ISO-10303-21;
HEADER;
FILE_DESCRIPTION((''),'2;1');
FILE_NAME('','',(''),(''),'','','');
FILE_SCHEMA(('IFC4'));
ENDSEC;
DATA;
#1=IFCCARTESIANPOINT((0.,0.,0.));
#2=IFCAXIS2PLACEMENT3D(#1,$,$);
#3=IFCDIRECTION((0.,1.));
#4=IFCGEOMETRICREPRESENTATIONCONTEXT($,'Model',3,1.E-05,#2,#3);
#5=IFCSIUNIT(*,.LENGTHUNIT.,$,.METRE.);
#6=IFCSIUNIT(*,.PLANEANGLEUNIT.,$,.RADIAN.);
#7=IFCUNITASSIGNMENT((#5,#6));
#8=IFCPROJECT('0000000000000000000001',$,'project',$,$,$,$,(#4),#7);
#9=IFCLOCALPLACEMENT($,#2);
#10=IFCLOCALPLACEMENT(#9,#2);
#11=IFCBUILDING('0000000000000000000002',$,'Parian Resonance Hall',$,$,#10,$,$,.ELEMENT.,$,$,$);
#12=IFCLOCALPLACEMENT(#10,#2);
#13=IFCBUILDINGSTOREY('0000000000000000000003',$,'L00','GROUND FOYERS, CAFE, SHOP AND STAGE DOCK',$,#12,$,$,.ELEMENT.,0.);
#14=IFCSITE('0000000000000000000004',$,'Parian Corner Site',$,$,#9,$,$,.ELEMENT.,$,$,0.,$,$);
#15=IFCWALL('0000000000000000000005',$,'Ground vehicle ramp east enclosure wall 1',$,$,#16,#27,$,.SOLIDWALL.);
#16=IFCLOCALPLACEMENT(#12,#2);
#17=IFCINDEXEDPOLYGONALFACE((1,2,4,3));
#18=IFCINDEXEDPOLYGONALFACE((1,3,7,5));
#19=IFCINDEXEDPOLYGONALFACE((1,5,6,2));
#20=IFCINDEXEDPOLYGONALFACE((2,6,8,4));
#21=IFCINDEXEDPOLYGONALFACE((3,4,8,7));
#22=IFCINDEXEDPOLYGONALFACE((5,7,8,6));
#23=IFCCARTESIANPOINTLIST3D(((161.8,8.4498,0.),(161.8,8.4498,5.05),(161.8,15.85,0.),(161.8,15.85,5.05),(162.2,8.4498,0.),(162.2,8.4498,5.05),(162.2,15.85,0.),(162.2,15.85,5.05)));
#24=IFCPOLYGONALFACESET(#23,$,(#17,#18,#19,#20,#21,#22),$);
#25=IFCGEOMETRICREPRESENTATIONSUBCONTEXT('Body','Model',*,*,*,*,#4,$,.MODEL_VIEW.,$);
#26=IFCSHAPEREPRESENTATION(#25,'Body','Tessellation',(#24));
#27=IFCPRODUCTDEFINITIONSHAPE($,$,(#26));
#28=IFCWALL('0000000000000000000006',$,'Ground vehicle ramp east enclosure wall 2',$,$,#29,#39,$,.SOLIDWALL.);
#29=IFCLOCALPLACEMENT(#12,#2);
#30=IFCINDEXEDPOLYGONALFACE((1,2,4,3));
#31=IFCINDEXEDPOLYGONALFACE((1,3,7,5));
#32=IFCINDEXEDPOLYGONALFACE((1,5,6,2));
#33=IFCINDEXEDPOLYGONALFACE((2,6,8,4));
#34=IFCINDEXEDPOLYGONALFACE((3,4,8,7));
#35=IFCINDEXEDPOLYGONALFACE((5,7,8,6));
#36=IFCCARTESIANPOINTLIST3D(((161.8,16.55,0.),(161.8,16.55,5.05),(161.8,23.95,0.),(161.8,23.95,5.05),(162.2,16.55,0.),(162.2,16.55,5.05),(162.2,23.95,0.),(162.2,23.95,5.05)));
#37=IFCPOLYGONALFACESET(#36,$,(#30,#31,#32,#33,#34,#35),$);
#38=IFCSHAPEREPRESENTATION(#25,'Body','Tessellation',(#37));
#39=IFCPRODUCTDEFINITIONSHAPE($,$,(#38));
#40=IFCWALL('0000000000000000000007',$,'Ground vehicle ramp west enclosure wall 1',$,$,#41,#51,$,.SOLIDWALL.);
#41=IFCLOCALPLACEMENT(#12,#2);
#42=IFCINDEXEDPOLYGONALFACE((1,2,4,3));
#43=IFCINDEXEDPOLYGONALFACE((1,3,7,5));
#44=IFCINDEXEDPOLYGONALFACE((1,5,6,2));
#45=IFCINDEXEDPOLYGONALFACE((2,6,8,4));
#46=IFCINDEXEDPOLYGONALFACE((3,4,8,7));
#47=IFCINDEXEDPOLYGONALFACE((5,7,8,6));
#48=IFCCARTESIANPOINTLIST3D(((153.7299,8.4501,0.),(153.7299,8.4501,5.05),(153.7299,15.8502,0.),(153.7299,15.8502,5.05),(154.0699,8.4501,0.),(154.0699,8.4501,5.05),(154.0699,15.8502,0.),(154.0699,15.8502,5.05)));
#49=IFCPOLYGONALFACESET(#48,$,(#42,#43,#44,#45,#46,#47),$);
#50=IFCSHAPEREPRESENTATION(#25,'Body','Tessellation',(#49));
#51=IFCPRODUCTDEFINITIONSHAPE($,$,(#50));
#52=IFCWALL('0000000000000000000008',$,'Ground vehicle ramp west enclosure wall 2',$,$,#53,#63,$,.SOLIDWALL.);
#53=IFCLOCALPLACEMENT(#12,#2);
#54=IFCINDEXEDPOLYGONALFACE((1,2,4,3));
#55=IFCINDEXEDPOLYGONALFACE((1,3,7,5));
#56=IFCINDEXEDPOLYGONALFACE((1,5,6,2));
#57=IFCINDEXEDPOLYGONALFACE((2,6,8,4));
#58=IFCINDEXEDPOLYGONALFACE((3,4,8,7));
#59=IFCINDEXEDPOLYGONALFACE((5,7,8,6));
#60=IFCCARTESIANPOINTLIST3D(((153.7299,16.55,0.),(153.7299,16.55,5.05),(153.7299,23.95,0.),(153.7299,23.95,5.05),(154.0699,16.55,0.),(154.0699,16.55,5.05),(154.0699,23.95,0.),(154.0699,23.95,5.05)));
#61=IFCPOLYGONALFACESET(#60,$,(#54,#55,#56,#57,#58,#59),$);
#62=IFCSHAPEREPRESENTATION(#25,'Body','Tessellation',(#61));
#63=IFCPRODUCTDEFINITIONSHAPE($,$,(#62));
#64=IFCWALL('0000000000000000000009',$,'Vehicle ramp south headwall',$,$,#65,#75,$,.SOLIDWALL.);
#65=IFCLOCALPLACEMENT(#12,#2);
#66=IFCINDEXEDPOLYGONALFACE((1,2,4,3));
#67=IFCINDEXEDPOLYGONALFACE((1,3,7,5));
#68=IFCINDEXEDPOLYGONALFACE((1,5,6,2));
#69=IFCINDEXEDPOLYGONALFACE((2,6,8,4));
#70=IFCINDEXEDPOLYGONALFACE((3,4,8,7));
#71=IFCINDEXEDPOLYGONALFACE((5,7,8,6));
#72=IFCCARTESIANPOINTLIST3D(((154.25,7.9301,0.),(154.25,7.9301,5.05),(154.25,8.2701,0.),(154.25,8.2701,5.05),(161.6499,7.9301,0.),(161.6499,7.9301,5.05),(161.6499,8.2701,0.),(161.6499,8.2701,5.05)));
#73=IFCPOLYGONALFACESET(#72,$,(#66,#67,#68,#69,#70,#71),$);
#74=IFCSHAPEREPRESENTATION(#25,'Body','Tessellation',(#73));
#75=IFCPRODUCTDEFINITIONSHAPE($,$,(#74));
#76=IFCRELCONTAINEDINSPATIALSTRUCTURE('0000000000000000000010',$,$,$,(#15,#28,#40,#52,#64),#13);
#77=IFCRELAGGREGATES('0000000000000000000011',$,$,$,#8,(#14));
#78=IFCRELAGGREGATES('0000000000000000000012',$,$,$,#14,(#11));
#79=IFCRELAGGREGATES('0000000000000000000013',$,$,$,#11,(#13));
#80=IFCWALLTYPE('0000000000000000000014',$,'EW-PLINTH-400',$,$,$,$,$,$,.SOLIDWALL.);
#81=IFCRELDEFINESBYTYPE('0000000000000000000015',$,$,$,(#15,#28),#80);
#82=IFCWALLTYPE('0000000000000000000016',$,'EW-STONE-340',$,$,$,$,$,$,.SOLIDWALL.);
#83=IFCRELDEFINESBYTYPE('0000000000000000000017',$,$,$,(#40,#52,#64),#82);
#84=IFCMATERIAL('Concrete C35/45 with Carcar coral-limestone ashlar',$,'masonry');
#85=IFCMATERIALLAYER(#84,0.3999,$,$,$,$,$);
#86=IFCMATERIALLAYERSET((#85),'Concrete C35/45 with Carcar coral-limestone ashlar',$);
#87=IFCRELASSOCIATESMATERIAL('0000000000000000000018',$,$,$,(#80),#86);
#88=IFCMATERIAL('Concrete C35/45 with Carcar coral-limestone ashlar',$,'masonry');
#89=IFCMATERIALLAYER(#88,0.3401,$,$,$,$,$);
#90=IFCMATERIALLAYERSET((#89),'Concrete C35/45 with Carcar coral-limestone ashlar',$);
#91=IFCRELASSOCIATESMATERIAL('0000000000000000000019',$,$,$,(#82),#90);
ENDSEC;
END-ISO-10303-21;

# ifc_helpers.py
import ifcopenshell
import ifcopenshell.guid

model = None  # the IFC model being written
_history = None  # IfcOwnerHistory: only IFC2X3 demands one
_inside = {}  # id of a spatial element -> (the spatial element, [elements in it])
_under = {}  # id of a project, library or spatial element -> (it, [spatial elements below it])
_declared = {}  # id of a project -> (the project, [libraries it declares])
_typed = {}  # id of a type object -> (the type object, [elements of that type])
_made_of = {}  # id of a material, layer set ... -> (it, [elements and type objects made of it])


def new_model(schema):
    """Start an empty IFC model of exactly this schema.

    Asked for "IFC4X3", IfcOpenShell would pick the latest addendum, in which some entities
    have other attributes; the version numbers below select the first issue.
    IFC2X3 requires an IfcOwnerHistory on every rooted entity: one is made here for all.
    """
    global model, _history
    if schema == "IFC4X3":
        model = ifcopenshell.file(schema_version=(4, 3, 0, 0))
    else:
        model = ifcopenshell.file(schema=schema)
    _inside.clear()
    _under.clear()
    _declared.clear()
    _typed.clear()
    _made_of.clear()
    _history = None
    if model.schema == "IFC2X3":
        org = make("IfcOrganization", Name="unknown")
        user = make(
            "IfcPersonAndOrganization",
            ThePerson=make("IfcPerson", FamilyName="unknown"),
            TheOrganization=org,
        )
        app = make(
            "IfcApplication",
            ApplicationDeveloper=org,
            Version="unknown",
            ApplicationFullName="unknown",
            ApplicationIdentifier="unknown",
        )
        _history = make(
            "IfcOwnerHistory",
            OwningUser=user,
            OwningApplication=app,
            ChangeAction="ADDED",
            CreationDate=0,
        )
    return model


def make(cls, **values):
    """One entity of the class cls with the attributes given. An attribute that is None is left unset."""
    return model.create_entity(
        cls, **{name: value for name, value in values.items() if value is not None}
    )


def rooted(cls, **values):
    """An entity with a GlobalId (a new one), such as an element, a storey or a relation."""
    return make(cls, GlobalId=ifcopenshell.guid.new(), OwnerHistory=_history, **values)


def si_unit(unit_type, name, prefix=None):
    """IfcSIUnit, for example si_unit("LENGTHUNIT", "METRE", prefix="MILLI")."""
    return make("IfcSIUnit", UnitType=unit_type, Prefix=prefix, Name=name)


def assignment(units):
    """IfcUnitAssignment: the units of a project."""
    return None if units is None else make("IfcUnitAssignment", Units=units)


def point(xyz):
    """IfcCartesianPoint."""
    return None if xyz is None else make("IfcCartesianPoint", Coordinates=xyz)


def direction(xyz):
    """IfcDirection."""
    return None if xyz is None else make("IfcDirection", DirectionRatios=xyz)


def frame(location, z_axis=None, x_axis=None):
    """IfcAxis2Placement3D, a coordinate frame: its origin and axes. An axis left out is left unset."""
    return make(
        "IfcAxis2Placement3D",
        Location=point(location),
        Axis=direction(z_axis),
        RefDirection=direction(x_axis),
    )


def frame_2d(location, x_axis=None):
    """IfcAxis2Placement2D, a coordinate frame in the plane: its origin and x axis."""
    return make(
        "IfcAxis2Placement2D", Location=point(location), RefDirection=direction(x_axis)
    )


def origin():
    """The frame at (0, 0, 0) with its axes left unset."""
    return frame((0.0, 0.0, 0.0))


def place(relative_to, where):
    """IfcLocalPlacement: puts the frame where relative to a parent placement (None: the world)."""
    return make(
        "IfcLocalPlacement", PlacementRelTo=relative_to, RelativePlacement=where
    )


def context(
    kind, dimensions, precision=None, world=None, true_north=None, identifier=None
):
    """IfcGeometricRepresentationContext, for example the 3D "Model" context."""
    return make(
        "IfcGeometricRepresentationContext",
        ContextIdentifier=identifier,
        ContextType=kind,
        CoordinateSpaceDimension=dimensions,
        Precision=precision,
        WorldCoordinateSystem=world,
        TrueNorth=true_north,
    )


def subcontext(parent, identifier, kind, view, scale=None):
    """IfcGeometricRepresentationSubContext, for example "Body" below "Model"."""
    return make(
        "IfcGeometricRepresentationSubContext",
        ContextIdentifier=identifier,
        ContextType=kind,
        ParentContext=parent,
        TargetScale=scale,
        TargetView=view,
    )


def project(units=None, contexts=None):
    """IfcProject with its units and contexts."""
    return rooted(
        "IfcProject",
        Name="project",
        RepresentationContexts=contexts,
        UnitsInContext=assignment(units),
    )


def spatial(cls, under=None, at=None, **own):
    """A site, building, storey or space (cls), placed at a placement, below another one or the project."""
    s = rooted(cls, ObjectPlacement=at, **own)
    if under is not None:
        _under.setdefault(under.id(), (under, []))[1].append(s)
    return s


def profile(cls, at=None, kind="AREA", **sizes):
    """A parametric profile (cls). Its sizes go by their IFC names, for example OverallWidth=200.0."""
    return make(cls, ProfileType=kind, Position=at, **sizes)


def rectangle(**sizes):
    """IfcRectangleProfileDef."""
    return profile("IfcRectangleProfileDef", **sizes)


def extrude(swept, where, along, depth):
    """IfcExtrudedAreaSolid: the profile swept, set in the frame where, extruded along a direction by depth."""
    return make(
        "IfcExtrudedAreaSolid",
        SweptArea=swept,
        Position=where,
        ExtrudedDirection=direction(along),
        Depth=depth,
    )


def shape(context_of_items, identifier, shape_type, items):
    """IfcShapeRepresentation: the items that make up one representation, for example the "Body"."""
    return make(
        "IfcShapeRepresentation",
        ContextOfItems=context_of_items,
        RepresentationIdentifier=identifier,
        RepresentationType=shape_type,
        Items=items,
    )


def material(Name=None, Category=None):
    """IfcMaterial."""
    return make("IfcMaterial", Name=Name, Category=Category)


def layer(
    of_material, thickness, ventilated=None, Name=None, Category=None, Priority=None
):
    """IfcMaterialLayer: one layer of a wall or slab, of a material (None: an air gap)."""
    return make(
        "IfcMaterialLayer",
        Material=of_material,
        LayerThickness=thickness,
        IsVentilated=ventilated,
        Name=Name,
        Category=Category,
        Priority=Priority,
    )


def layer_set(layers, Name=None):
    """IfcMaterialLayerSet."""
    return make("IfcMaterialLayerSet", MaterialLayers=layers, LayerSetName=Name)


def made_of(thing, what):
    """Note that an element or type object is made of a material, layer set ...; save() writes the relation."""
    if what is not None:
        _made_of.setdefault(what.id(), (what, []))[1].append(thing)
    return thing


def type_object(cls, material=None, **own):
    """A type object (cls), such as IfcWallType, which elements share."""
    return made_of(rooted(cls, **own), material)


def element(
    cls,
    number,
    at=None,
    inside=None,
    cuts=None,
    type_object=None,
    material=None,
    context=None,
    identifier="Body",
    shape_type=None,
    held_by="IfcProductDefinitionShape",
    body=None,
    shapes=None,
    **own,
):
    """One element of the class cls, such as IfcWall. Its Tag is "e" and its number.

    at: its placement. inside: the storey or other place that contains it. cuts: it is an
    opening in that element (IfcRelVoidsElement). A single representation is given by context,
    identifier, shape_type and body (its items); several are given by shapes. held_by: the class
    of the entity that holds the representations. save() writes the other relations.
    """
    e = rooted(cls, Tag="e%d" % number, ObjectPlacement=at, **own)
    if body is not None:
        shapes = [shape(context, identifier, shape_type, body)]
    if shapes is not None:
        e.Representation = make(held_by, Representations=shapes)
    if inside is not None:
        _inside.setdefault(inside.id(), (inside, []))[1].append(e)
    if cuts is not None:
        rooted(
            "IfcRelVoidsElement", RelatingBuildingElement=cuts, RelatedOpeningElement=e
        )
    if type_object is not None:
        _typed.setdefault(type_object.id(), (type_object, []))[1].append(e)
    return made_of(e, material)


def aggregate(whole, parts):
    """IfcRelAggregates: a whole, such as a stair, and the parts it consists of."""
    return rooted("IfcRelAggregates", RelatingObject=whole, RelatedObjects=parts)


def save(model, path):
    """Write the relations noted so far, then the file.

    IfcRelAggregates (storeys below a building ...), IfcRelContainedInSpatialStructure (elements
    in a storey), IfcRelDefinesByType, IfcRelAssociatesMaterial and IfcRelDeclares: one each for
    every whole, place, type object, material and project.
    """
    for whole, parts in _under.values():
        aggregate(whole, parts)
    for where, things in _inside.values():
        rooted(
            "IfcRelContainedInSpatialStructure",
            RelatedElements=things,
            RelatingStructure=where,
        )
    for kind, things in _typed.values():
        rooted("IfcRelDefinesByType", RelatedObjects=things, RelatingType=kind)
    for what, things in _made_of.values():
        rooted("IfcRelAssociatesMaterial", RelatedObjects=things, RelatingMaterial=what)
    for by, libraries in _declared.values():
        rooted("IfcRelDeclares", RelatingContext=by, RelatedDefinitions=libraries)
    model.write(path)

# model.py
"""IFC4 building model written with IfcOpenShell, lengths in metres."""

from ifc_helpers import new_model, si_unit, direction, frame, frame_2d, origin, place, context, subcontext, project, spatial, rectangle, extrude, material, layer, layer_set, type_object, element, save


model = new_model("IFC4")

# Units and contexts
model_context = context("Model", 3, precision=1e-05, world=origin(), true_north=direction((0.0, 1.0)))
body_context = subcontext(model_context, "Body", "Model", "MODEL_VIEW")
ifc_project = project(units=[si_unit("LENGTHUNIT", "METRE"), si_unit("PLANEANGLEUNIT", "RADIAN")], contexts=[model_context])

# Site, building, storey
site_placement = place(None, origin())
site = spatial("IfcSite", under=ifc_project, at=site_placement, Name="Parian Corner Site", CompositionType="ELEMENT", RefElevation=0.0)
building_placement = place(site_placement, origin())
building = spatial("IfcBuilding", under=site, at=building_placement, Name="Parian Resonance Hall", CompositionType="ELEMENT")
storey_placement = place(building_placement, origin())
storey = spatial("IfcBuildingStorey", under=building, at=storey_placement, Name="L00", Description="GROUND FOYERS, CAFE, SHOP AND STAGE DOCK", CompositionType="ELEMENT", Elevation=0.0)

# Shared definitions
ifc_material_1 = material(Name="Concrete C35/45 with Carcar coral-limestone ashlar", Category="masonry")
ifc_layer_1 = layer(ifc_material_1, 0.3999)
ifc_layer_set_1 = layer_set([ifc_layer_1], Name="Concrete C35/45 with Carcar coral-limestone ashlar")
wall_type_1 = type_object("IfcWallType", Name="EW-PLINTH-400", PredefinedType="SOLIDWALL", material=ifc_layer_set_1)

# Walls
wall_1_placement = place(storey_placement, frame((162.0, 15.8501, 0.0), z_axis=(0.0, 0.0, 1.0), x_axis=(0.0, -1.0, 0.0)))
element("IfcWall", 1, at=wall_1_placement, inside=storey, type_object=wall_type_1, Name="Ground vehicle ramp east enclosure wall 1", PredefinedType="SOLIDWALL", context=body_context, shape_type="SweptSolid", body=[
    extrude(rectangle(XDim=7.4001, YDim=0.3999, at=frame_2d((3.7002, 0.0))), origin(), (0.0, 0.0, 1.0), 5.05),
])
wall_2_placement = place(storey_placement, frame((162.0, 23.95, 0.0), z_axis=(0.0, 0.0, 1.0), x_axis=(0.0, -1.0, 0.0)))
element("IfcWall", 2, at=wall_2_placement, inside=storey, type_object=wall_type_1, Name="Ground vehicle ramp east enclosure wall 2", PredefinedType="SOLIDWALL", context=body_context, shape_type="SweptSolid", body=[
    extrude(rectangle(XDim=7.3999, YDim=0.3999, at=frame_2d((3.7, 0.0))), origin(), (0.0, 0.0, 1.0), 5.05),
])
ifc_material_2 = material(Name="Concrete C35/45 with Carcar coral-limestone ashlar", Category="masonry")
ifc_layer_2 = layer(ifc_material_2, 0.3401)
ifc_layer_set_2 = layer_set([ifc_layer_2], Name="Concrete C35/45 with Carcar coral-limestone ashlar")
wall_type_2 = type_object("IfcWallType", Name="EW-STONE-340", PredefinedType="SOLIDWALL", material=ifc_layer_set_2)
wall_3_placement = place(storey_placement, frame((153.8999, 8.45, 0.0), z_axis=(0.0, 0.0, 1.0), x_axis=(0.0, 1.0, 0.0)))
element("IfcWall", 3, at=wall_3_placement, inside=storey, type_object=wall_type_2, Name="Ground vehicle ramp west enclosure wall 1", PredefinedType="SOLIDWALL", context=body_context, shape_type="SweptSolid", body=[
    extrude(rectangle(XDim=7.4001, YDim=0.3401, at=frame_2d((3.7002, 0.0))), origin(), (0.0, 0.0, 1.0), 5.05),
])
for number, where, z_axis, x_axis, name in (
    (4, (153.8999, 16.55, 0.0), (0.0, 0.0, 1.0), (0.0, 1.0, 0.0), "Ground vehicle ramp west enclosure wall 2"),
    (5, (154.25, 8.1001, 0.0), (0.0, 0.0, 1.0), (1.0, 0.0, 0.0), "Vehicle ramp south headwall"),
):
    element("IfcWall", number, at=place(storey_placement, frame(where, z_axis=z_axis, x_axis=x_axis)), inside=storey, type_object=wall_type_2, Name=name, PredefinedType="SOLIDWALL", context=body_context, shape_type="SweptSolid", body=[
        extrude(rectangle(XDim=7.3999, YDim=0.3401, at=frame_2d((3.7, 0.0))), origin(), (0.0, 0.0, 1.0), 5.05),
    ])

save(model, "model.ifc")
